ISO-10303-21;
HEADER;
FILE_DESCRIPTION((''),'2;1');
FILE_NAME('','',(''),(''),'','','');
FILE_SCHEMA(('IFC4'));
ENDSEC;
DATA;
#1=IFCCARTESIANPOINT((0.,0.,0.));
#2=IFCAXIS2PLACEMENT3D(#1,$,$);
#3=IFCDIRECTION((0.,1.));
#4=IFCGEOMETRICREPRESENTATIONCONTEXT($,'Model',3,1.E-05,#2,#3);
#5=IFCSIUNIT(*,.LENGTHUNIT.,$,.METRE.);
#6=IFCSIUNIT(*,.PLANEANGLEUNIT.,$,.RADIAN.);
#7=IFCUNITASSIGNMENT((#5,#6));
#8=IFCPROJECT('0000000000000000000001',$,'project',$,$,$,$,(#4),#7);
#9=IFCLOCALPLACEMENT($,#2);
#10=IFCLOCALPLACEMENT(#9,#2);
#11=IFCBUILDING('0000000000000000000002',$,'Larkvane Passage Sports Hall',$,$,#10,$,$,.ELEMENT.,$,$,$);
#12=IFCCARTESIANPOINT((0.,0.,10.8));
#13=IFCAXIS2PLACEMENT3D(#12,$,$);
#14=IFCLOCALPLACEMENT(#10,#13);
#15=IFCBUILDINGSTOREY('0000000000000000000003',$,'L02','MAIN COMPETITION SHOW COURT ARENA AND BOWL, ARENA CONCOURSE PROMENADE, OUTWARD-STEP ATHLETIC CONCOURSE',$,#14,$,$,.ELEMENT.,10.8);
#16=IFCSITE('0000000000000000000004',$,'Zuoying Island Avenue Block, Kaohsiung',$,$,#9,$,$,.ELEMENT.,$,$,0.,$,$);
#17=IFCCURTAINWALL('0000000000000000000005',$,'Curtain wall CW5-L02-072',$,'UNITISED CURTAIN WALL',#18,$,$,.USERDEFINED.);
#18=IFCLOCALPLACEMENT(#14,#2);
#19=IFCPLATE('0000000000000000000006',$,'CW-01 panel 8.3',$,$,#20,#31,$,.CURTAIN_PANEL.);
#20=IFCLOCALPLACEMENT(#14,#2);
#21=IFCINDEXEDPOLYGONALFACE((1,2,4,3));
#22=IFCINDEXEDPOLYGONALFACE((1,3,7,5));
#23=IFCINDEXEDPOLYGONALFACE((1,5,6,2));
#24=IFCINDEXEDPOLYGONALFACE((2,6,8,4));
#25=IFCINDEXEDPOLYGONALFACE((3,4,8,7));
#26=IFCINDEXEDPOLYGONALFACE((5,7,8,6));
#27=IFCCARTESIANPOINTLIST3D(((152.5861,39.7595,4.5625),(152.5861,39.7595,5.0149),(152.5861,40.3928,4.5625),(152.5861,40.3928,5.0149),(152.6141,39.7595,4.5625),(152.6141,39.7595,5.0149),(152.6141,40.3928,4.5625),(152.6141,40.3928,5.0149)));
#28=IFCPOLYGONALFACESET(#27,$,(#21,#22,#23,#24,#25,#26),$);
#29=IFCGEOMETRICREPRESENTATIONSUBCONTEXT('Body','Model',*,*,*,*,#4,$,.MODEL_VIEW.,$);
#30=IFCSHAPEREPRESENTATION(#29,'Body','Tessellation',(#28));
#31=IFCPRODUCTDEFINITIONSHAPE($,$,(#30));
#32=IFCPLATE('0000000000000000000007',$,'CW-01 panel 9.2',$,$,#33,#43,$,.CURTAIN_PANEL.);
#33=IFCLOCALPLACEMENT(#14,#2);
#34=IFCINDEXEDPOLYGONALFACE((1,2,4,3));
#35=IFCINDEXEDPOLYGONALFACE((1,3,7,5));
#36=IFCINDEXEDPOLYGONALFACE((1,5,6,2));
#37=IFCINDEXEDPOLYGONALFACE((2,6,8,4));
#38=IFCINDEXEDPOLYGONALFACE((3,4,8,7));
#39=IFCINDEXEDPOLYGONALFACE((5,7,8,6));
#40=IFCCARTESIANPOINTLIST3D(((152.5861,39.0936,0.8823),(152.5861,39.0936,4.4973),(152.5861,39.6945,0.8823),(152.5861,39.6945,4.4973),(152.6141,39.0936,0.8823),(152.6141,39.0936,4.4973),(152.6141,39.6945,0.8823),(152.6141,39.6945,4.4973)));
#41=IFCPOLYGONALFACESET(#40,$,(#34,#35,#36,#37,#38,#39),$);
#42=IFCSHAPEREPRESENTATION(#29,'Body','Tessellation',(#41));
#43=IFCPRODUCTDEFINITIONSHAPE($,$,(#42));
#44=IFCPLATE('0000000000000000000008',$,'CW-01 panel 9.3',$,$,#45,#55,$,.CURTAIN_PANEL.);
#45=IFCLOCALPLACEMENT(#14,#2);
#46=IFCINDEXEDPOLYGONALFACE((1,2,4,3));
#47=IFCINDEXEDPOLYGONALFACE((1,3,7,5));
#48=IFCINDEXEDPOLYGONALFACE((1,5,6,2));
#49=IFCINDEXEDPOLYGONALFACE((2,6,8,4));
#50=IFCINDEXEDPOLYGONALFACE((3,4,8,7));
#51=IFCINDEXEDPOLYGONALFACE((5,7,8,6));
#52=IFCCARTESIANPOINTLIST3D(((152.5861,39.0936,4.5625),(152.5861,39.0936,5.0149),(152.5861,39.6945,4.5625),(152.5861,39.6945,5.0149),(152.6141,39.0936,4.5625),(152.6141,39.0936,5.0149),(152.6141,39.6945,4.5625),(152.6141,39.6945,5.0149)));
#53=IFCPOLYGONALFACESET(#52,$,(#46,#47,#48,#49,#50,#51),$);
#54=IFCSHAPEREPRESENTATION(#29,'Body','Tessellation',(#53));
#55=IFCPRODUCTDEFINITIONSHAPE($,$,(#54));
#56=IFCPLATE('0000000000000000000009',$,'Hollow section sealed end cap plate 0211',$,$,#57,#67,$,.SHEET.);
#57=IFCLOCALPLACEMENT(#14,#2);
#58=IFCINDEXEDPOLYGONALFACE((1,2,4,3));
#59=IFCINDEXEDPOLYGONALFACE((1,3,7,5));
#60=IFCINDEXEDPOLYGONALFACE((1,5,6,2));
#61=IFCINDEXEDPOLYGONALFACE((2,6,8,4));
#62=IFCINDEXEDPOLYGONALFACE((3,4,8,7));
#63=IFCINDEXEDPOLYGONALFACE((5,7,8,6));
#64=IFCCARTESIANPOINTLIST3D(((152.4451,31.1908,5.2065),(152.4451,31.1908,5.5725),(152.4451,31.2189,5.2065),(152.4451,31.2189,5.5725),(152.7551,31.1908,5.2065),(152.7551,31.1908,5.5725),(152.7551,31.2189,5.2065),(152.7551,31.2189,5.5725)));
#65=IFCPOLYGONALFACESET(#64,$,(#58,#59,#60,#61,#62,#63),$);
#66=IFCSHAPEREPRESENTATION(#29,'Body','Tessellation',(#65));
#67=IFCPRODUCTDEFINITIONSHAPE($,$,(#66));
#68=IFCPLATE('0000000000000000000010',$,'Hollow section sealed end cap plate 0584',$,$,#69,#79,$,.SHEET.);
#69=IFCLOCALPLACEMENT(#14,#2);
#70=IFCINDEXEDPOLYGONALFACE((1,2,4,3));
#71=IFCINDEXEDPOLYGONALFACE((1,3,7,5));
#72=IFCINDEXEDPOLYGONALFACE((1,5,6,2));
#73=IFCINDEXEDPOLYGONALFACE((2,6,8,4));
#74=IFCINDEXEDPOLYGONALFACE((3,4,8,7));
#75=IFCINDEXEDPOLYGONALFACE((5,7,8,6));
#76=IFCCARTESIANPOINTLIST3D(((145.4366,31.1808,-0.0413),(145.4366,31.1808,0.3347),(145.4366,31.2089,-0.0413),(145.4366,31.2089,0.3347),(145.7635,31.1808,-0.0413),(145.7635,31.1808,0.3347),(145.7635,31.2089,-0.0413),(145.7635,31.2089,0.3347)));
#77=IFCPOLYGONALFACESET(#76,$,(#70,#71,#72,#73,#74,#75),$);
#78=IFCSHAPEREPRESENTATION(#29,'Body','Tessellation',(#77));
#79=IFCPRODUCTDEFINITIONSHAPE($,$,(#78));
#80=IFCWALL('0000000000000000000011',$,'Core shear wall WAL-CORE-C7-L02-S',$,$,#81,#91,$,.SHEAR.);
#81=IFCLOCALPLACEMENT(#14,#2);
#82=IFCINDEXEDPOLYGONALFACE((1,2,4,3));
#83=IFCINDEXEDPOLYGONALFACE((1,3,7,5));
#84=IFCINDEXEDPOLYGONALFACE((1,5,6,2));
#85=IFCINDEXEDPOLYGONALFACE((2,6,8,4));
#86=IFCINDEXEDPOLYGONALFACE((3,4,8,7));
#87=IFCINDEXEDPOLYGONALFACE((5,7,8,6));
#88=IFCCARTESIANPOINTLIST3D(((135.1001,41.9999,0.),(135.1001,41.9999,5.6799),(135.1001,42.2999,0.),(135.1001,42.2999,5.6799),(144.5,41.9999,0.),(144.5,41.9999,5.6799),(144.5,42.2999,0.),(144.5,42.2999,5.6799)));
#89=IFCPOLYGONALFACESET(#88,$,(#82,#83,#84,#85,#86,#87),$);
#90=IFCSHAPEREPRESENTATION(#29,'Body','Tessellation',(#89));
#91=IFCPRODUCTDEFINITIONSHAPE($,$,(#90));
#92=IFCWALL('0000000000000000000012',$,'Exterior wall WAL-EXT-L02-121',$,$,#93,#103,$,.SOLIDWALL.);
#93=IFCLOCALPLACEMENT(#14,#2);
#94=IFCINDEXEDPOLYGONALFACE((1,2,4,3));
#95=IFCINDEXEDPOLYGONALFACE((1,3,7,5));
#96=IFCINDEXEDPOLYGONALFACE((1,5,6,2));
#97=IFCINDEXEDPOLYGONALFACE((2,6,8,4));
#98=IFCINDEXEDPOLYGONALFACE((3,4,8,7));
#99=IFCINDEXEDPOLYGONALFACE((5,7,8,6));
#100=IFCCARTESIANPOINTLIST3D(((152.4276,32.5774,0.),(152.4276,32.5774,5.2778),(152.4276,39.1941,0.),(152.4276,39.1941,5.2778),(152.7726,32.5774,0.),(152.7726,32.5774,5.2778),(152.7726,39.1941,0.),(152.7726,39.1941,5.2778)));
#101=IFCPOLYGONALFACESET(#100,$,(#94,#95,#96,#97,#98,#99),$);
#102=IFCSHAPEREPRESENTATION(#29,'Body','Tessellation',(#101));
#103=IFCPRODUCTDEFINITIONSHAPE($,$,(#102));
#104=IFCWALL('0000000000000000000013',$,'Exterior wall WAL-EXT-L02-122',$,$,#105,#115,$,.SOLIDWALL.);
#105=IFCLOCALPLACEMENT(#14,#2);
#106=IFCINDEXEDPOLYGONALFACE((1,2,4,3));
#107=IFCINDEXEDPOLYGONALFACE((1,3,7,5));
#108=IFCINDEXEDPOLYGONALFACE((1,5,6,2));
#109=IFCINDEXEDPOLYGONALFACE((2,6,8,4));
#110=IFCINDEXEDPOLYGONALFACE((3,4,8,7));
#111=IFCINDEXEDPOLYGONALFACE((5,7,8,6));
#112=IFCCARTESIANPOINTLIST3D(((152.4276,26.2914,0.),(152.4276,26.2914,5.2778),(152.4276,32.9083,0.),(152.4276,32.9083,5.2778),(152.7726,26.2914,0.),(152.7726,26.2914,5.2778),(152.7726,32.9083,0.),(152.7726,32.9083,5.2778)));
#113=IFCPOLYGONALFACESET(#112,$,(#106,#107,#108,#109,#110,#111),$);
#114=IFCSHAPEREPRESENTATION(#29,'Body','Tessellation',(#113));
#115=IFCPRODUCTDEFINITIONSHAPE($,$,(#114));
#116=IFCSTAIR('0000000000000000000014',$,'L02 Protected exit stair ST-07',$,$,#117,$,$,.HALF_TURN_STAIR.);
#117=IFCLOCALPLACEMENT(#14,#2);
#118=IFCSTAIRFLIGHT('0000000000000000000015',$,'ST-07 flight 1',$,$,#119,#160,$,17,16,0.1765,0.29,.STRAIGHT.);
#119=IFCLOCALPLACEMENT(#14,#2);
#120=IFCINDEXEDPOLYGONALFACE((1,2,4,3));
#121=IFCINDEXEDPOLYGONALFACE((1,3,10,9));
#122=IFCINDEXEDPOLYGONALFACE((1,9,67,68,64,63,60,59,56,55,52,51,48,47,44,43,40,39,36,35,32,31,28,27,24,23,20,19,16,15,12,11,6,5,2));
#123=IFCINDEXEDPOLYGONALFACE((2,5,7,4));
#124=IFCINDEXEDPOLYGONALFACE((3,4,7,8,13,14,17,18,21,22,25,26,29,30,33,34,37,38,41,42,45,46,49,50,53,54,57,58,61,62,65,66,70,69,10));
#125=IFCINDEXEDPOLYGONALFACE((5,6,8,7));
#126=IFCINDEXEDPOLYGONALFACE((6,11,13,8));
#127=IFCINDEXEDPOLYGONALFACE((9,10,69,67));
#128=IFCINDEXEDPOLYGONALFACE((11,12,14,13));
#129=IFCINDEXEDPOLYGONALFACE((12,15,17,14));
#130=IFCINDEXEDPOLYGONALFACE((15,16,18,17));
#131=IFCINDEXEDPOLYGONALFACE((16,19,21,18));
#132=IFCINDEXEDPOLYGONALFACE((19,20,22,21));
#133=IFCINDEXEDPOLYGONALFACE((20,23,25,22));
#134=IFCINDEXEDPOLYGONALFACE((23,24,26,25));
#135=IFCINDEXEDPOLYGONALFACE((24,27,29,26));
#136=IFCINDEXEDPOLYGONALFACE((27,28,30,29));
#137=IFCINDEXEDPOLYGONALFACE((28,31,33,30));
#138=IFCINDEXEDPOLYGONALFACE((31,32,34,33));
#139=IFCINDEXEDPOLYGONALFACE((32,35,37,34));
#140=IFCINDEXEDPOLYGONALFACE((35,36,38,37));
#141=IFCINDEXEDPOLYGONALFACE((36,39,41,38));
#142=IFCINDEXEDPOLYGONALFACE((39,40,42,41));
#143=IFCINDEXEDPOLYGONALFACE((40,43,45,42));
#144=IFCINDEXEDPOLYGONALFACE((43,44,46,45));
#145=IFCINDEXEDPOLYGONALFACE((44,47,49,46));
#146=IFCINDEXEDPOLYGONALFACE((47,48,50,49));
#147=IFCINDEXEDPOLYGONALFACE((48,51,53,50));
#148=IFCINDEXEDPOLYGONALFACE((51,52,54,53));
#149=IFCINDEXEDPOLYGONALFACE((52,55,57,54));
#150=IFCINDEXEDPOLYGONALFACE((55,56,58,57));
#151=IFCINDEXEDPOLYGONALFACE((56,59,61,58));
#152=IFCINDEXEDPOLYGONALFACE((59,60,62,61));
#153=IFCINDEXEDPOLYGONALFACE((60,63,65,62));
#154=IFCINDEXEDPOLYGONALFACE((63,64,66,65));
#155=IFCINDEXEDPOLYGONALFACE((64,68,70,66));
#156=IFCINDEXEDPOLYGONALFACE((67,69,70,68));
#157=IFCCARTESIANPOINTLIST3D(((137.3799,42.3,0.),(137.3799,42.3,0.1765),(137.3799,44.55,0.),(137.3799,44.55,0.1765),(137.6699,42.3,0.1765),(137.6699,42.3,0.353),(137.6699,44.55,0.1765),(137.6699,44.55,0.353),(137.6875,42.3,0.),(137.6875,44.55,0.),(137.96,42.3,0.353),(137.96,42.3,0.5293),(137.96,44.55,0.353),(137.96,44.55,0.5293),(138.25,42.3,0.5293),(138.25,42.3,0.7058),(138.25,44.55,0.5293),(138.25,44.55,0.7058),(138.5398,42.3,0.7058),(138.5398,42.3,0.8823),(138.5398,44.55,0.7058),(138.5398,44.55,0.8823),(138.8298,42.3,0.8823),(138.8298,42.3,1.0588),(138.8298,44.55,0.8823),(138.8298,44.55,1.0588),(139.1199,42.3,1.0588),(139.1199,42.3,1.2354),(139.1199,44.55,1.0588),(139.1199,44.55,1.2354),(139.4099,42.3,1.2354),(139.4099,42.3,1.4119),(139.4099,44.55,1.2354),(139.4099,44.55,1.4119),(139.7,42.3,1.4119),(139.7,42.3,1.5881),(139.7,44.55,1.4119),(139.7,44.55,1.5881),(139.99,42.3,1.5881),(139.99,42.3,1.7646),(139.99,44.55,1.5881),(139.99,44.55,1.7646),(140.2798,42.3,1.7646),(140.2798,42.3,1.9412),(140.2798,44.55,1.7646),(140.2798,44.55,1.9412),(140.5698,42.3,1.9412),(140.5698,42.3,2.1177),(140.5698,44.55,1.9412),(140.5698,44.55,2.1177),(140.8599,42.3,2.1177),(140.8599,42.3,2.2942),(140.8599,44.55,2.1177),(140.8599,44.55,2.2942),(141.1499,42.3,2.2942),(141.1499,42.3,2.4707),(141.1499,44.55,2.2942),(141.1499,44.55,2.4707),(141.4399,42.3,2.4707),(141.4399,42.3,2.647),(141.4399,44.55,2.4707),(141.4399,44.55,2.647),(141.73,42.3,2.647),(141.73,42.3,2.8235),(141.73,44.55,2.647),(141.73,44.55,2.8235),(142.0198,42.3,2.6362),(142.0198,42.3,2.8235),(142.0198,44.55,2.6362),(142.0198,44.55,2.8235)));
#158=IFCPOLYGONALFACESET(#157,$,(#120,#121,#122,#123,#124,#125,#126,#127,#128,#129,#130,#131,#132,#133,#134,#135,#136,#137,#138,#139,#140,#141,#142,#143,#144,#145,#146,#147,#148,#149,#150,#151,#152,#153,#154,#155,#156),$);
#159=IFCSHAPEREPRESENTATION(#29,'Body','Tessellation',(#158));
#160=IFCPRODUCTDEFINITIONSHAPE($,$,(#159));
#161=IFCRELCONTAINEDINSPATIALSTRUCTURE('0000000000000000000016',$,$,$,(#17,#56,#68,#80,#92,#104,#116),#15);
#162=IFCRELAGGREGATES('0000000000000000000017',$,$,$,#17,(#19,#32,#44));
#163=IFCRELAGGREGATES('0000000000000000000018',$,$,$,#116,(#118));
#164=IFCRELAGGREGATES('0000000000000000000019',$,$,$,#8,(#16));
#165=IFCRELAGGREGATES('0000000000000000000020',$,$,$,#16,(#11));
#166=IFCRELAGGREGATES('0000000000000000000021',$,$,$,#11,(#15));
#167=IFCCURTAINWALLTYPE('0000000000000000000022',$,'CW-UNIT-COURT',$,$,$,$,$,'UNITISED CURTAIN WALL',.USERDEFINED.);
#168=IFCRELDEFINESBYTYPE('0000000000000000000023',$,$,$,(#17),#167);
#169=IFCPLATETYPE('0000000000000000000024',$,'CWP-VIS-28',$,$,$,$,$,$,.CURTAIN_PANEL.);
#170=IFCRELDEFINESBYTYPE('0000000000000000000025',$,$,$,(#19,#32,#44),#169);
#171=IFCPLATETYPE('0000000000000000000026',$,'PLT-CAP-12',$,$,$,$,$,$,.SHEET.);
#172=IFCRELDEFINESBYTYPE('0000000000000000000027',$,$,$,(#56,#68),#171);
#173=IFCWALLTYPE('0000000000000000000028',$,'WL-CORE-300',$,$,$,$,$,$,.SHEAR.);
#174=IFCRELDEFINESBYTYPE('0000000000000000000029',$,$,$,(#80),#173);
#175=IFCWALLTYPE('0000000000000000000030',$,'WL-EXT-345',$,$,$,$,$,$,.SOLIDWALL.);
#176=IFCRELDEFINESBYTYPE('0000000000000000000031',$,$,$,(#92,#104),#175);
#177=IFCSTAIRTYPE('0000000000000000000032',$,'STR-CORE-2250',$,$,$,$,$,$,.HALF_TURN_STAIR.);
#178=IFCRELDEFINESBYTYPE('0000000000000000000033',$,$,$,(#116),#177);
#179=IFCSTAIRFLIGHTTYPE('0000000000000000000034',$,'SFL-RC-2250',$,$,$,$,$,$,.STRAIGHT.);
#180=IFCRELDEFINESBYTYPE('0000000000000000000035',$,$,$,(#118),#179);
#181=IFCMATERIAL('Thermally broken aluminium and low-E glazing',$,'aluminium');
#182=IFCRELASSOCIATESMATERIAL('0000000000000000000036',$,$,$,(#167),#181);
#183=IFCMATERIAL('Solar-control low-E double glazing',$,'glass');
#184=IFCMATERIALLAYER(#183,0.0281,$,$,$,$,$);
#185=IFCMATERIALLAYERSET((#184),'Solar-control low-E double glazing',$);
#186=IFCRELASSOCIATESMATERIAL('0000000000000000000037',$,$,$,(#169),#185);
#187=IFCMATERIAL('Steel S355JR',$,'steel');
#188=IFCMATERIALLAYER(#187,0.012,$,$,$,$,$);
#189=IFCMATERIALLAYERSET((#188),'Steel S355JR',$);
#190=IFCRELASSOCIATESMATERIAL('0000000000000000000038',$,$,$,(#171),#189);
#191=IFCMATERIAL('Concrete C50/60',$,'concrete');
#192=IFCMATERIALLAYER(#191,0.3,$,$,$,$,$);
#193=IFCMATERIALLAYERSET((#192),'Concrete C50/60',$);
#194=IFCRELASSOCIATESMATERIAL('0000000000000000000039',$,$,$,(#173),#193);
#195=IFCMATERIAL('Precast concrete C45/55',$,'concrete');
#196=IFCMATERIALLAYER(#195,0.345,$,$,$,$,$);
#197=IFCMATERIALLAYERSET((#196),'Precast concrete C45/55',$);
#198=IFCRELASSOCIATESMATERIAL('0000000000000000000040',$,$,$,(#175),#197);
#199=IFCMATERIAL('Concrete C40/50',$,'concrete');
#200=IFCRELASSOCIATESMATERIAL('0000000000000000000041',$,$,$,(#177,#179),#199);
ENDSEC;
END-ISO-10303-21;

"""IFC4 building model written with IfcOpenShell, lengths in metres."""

from ifc_helpers import new_model, si_unit, direction, frame, frame_2d, origin, origin_2d, place, context, subcontext, project, spatial, polyline, rectangle, outline, extrude, material, layer, layer_set, type_object, element, aggregate, save


model = new_model("IFC4")

# Units and contexts
model_context = context("Model", 3, precision=1e-05, world=origin(), true_north=direction((0.0, 1.0)))
body_context = subcontext(model_context, "Body", "Model", "MODEL_VIEW")
ifc_project = project(units=[si_unit("LENGTHUNIT", "METRE"), si_unit("PLANEANGLEUNIT", "RADIAN")], contexts=[model_context])

# Site, building, storey
site_placement = place(None, origin())
site = spatial("IfcSite", under=ifc_project, at=site_placement, Name="Zuoying Island Avenue Block, Kaohsiung", CompositionType="ELEMENT", RefElevation=0.0)
building_placement = place(site_placement, origin())
building = spatial("IfcBuilding", under=site, at=building_placement, Name="Larkvane Passage Sports Hall", CompositionType="ELEMENT")
storey_placement = place(building_placement, frame((0.0, 0.0, 10.8)))
storey = spatial("IfcBuildingStorey", under=building, at=storey_placement, Name="L02", Description="MAIN COMPETITION SHOW COURT ARENA AND BOWL, ARENA CONCOURSE PROMENADE, OUTWARD-STEP ATHLETIC CONCOURSE", CompositionType="ELEMENT", Elevation=10.8)

# Curtain wall
ifc_material_1 = material(Name="Thermally broken aluminium and low-E glazing", Category="aluminium")
curtain_wall_type = type_object("IfcCurtainWallType", Name="CW-UNIT-COURT", ElementType="UNITISED CURTAIN WALL", PredefinedType="USERDEFINED", material=ifc_material_1)
curtain_wall_placement = place(storey_placement, origin())
curtain_wall = element("IfcCurtainWall", 1, at=curtain_wall_placement, inside=storey, type_object=curtain_wall_type, Name="Curtain wall CW5-L02-072", ObjectType="UNITISED CURTAIN WALL", PredefinedType="USERDEFINED")

# Shared definitions
ifc_material_2 = material(Name="Steel S355JR", Category="steel")

# Plates
ifc_material_3 = material(Name="Solar-control low-E double glazing", Category="glass")
ifc_layer_1 = layer(ifc_material_3, 0.0281)
ifc_layer_set_1 = layer_set([ifc_layer_1], Name="Solar-control low-E double glazing")
plate_type_1 = type_object("IfcPlateType", Name="CWP-VIS-28", PredefinedType="CURTAIN_PANEL", material=ifc_layer_set_1)
plate_1_placement = place(storey_placement, frame((152.6001, 40.0762, 4.5625), z_axis=(0.0, 0.0, 1.0), x_axis=(0.0, -1.0, 0.0)))
plate_1 = element("IfcPlate", 2, at=plate_1_placement, type_object=plate_type_1, Name="CW-01 panel 8.3", PredefinedType="CURTAIN_PANEL", context=body_context, shape_type="SweptSolid", body=[
    extrude(rectangle(XDim=0.6333, YDim=0.0281, at=origin_2d()), origin(), (0.0, 0.0, 1.0), 0.4524),
])
plate_2_placement = place(storey_placement, frame((152.6001, 39.394, 0.8823), z_axis=(0.0, 0.0, 1.0), x_axis=(0.0, -1.0, 0.0)))
plate_2 = element("IfcPlate", 3, at=plate_2_placement, type_object=plate_type_1, Name="CW-01 panel 9.2", PredefinedType="CURTAIN_PANEL", context=body_context, shape_type="SweptSolid", body=[
    extrude(rectangle(XDim=0.6008, YDim=0.0281, at=origin_2d()), origin(), (0.0, 0.0, 1.0), 3.615),
])
plate_3_placement = place(storey_placement, frame((152.6001, 39.394, 4.5625), z_axis=(0.0, 0.0, 1.0), x_axis=(0.0, -1.0, 0.0)))
plate_3 = element("IfcPlate", 4, at=plate_3_placement, type_object=plate_type_1, Name="CW-01 panel 9.3", PredefinedType="CURTAIN_PANEL", context=body_context, shape_type="SweptSolid", body=[
    extrude(rectangle(XDim=0.6008, YDim=0.0281, at=origin_2d()), origin(), (0.0, 0.0, 1.0), 0.4524),
])
aggregate(curtain_wall, [plate_1, plate_2, plate_3])

# Plates
ifc_layer_2 = layer(ifc_material_2, 0.012)
ifc_layer_set_2 = layer_set([ifc_layer_2], Name="Steel S355JR")
plate_type_2 = type_object("IfcPlateType", Name="PLT-CAP-12", PredefinedType="SHEET", material=ifc_layer_set_2)
plate_4_placement = place(storey_placement, frame((152.6001, 31.2048, 5.2065), z_axis=(0.0, 0.0, 1.0), x_axis=(-1.0, 0.0, 0.0)))
element("IfcPlate", 5, at=plate_4_placement, inside=storey, type_object=plate_type_2, Name="Hollow section sealed end cap plate 0211", PredefinedType="SHEET", context=body_context, shape_type="SweptSolid", body=[
    extrude(rectangle(XDim=0.3101, YDim=0.0281, at=origin_2d()), origin(), (0.0, 0.0, 1.0), 0.366),
])
plate_5_placement = place(storey_placement, frame((145.6001, 31.1948, -0.0413), z_axis=(0.0, 0.0, 1.0), x_axis=(-1.0, 0.0, 0.0)))
element("IfcPlate", 6, at=plate_5_placement, inside=storey, type_object=plate_type_2, Name="Hollow section sealed end cap plate 0584", PredefinedType="SHEET", context=body_context, shape_type="SweptSolid", body=[
    extrude(rectangle(XDim=0.3269, YDim=0.0281, at=origin_2d()), origin(), (0.0, 0.0, 1.0), 0.376),
])

# Walls
ifc_material_4 = material(Name="Concrete C50/60", Category="concrete")
ifc_layer_3 = layer(ifc_material_4, 0.3)
ifc_layer_set_3 = layer_set([ifc_layer_3], Name="Concrete C50/60")
wall_type_1 = type_object("IfcWallType", Name="WL-CORE-300", PredefinedType="SHEAR", material=ifc_layer_set_3)
wall_1_placement = place(storey_placement, frame((144.5, 42.1499, 0.0), z_axis=(0.0, 0.0, 1.0), x_axis=(-1.0, 0.0, 0.0)))
element("IfcWall", 7, at=wall_1_placement, inside=storey, type_object=wall_type_1, Name="Core shear wall WAL-CORE-C7-L02-S", PredefinedType="SHEAR", context=body_context, shape_type="SweptSolid", body=[
    extrude(rectangle(XDim=9.3999, YDim=0.3, at=frame_2d((4.7, 0.0))), origin(), (0.0, 0.0, 1.0), 5.6799),
])
ifc_material_5 = material(Name="Precast concrete C45/55", Category="concrete")
ifc_layer_4 = layer(ifc_material_5, 0.345)
ifc_layer_set_4 = layer_set([ifc_layer_4], Name="Precast concrete C45/55")
wall_type_2 = type_object("IfcWallType", Name="WL-EXT-345", PredefinedType="SOLIDWALL", material=ifc_layer_set_4)
wall_2_placement = place(storey_placement, frame((152.6001, 39.1941, 0.0), z_axis=(0.0, 0.0, 1.0), x_axis=(0.0, -1.0, 0.0)))
element("IfcWall", 8, at=wall_2_placement, inside=storey, type_object=wall_type_2, Name="Exterior wall WAL-EXT-L02-121", PredefinedType="SOLIDWALL", context=body_context, shape_type="SweptSolid", body=[
    extrude(rectangle(XDim=6.6167, YDim=0.345, at=frame_2d((3.3083, 0.0))), origin(), (0.0, 0.0, 1.0), 5.2778),
])
wall_3_placement = place(storey_placement, frame((152.6001, 32.9084, 0.0), z_axis=(0.0, 0.0, 1.0), x_axis=(0.0, -1.0, 0.0)))
element("IfcWall", 9, at=wall_3_placement, inside=storey, type_object=wall_type_2, Name="Exterior wall WAL-EXT-L02-122", PredefinedType="SOLIDWALL", context=body_context, shape_type="SweptSolid", body=[
    extrude(rectangle(XDim=6.6169, YDim=0.345, at=frame_2d((3.3086, 0.0))), origin(), (0.0, 0.0, 1.0), 5.2778),
])

# Stair, stair flight
ifc_material_6 = material(Name="Concrete C40/50", Category="concrete")
stair_type = type_object("IfcStairType", Name="STR-CORE-2250", PredefinedType="HALF_TURN_STAIR", material=ifc_material_6)
stair_placement = place(storey_placement, origin())
stair = element("IfcStair", 10, at=stair_placement, inside=storey, type_object=stair_type, Name="L02 Protected exit stair ST-07", PredefinedType="HALF_TURN_STAIR")
stair_flight_type = type_object("IfcStairFlightType", Name="SFL-RC-2250", PredefinedType="STRAIGHT", material=ifc_material_6)
stair_flight_placement = place(storey_placement, frame((137.3799, 43.425, 0.0), z_axis=(0.0, 0.0, 1.0), x_axis=(1.0, 0.0, 0.0)))
stair_flight = element("IfcStairFlight", 11, at=stair_flight_placement, type_object=stair_flight_type, Name="ST-07 flight 1", NumberOfRisers=17, NumberOfTreads=16, PredefinedType="STRAIGHT", RiserHeight=0.1765, TreadLength=0.29, context=body_context, shape_type="SweptSolid", body=[
    extrude(outline(polyline([(0.0, 0.0), (0.0, 0.1765), (0.29, 0.1765), (0.29, 0.353), (0.5801, 0.353), (0.5801, 0.5293), (0.8701, 0.5293), (0.8701, 0.7058), (1.1599, 0.7058), (1.1599, 0.8823), (1.45, 0.8823), (1.45, 1.0588), (1.74, 1.0588), (1.74, 1.2354), (2.03, 1.2354), (2.03, 1.4119), (2.3201, 1.4119), (2.3201, 1.5881), (2.6101, 1.5881), (2.6101, 1.7646), (2.8999, 1.7646), (2.8999, 1.9412), (3.1899, 1.9412), (3.1899, 2.1177), (3.48, 2.1177), (3.48, 2.2942), (3.77, 2.2942), (3.77, 2.4707), (4.0601, 2.4707), (4.0601, 2.647), (4.3501, 2.647), (4.3501, 2.8235), (4.6399, 2.8235), (4.6399, 3.0), (4.6399, 2.6362), (0.3076, 0.0), (0.0, 0.0)])), frame((0.0, 1.125, 0.0), z_axis=(0.0, -1.0, 0.0), x_axis=(1.0, 0.0, 0.0)), (0.0, 0.0, 1.0), 2.25),
])
aggregate(stair, [stair_flight])

save(model, "model.ifc")
